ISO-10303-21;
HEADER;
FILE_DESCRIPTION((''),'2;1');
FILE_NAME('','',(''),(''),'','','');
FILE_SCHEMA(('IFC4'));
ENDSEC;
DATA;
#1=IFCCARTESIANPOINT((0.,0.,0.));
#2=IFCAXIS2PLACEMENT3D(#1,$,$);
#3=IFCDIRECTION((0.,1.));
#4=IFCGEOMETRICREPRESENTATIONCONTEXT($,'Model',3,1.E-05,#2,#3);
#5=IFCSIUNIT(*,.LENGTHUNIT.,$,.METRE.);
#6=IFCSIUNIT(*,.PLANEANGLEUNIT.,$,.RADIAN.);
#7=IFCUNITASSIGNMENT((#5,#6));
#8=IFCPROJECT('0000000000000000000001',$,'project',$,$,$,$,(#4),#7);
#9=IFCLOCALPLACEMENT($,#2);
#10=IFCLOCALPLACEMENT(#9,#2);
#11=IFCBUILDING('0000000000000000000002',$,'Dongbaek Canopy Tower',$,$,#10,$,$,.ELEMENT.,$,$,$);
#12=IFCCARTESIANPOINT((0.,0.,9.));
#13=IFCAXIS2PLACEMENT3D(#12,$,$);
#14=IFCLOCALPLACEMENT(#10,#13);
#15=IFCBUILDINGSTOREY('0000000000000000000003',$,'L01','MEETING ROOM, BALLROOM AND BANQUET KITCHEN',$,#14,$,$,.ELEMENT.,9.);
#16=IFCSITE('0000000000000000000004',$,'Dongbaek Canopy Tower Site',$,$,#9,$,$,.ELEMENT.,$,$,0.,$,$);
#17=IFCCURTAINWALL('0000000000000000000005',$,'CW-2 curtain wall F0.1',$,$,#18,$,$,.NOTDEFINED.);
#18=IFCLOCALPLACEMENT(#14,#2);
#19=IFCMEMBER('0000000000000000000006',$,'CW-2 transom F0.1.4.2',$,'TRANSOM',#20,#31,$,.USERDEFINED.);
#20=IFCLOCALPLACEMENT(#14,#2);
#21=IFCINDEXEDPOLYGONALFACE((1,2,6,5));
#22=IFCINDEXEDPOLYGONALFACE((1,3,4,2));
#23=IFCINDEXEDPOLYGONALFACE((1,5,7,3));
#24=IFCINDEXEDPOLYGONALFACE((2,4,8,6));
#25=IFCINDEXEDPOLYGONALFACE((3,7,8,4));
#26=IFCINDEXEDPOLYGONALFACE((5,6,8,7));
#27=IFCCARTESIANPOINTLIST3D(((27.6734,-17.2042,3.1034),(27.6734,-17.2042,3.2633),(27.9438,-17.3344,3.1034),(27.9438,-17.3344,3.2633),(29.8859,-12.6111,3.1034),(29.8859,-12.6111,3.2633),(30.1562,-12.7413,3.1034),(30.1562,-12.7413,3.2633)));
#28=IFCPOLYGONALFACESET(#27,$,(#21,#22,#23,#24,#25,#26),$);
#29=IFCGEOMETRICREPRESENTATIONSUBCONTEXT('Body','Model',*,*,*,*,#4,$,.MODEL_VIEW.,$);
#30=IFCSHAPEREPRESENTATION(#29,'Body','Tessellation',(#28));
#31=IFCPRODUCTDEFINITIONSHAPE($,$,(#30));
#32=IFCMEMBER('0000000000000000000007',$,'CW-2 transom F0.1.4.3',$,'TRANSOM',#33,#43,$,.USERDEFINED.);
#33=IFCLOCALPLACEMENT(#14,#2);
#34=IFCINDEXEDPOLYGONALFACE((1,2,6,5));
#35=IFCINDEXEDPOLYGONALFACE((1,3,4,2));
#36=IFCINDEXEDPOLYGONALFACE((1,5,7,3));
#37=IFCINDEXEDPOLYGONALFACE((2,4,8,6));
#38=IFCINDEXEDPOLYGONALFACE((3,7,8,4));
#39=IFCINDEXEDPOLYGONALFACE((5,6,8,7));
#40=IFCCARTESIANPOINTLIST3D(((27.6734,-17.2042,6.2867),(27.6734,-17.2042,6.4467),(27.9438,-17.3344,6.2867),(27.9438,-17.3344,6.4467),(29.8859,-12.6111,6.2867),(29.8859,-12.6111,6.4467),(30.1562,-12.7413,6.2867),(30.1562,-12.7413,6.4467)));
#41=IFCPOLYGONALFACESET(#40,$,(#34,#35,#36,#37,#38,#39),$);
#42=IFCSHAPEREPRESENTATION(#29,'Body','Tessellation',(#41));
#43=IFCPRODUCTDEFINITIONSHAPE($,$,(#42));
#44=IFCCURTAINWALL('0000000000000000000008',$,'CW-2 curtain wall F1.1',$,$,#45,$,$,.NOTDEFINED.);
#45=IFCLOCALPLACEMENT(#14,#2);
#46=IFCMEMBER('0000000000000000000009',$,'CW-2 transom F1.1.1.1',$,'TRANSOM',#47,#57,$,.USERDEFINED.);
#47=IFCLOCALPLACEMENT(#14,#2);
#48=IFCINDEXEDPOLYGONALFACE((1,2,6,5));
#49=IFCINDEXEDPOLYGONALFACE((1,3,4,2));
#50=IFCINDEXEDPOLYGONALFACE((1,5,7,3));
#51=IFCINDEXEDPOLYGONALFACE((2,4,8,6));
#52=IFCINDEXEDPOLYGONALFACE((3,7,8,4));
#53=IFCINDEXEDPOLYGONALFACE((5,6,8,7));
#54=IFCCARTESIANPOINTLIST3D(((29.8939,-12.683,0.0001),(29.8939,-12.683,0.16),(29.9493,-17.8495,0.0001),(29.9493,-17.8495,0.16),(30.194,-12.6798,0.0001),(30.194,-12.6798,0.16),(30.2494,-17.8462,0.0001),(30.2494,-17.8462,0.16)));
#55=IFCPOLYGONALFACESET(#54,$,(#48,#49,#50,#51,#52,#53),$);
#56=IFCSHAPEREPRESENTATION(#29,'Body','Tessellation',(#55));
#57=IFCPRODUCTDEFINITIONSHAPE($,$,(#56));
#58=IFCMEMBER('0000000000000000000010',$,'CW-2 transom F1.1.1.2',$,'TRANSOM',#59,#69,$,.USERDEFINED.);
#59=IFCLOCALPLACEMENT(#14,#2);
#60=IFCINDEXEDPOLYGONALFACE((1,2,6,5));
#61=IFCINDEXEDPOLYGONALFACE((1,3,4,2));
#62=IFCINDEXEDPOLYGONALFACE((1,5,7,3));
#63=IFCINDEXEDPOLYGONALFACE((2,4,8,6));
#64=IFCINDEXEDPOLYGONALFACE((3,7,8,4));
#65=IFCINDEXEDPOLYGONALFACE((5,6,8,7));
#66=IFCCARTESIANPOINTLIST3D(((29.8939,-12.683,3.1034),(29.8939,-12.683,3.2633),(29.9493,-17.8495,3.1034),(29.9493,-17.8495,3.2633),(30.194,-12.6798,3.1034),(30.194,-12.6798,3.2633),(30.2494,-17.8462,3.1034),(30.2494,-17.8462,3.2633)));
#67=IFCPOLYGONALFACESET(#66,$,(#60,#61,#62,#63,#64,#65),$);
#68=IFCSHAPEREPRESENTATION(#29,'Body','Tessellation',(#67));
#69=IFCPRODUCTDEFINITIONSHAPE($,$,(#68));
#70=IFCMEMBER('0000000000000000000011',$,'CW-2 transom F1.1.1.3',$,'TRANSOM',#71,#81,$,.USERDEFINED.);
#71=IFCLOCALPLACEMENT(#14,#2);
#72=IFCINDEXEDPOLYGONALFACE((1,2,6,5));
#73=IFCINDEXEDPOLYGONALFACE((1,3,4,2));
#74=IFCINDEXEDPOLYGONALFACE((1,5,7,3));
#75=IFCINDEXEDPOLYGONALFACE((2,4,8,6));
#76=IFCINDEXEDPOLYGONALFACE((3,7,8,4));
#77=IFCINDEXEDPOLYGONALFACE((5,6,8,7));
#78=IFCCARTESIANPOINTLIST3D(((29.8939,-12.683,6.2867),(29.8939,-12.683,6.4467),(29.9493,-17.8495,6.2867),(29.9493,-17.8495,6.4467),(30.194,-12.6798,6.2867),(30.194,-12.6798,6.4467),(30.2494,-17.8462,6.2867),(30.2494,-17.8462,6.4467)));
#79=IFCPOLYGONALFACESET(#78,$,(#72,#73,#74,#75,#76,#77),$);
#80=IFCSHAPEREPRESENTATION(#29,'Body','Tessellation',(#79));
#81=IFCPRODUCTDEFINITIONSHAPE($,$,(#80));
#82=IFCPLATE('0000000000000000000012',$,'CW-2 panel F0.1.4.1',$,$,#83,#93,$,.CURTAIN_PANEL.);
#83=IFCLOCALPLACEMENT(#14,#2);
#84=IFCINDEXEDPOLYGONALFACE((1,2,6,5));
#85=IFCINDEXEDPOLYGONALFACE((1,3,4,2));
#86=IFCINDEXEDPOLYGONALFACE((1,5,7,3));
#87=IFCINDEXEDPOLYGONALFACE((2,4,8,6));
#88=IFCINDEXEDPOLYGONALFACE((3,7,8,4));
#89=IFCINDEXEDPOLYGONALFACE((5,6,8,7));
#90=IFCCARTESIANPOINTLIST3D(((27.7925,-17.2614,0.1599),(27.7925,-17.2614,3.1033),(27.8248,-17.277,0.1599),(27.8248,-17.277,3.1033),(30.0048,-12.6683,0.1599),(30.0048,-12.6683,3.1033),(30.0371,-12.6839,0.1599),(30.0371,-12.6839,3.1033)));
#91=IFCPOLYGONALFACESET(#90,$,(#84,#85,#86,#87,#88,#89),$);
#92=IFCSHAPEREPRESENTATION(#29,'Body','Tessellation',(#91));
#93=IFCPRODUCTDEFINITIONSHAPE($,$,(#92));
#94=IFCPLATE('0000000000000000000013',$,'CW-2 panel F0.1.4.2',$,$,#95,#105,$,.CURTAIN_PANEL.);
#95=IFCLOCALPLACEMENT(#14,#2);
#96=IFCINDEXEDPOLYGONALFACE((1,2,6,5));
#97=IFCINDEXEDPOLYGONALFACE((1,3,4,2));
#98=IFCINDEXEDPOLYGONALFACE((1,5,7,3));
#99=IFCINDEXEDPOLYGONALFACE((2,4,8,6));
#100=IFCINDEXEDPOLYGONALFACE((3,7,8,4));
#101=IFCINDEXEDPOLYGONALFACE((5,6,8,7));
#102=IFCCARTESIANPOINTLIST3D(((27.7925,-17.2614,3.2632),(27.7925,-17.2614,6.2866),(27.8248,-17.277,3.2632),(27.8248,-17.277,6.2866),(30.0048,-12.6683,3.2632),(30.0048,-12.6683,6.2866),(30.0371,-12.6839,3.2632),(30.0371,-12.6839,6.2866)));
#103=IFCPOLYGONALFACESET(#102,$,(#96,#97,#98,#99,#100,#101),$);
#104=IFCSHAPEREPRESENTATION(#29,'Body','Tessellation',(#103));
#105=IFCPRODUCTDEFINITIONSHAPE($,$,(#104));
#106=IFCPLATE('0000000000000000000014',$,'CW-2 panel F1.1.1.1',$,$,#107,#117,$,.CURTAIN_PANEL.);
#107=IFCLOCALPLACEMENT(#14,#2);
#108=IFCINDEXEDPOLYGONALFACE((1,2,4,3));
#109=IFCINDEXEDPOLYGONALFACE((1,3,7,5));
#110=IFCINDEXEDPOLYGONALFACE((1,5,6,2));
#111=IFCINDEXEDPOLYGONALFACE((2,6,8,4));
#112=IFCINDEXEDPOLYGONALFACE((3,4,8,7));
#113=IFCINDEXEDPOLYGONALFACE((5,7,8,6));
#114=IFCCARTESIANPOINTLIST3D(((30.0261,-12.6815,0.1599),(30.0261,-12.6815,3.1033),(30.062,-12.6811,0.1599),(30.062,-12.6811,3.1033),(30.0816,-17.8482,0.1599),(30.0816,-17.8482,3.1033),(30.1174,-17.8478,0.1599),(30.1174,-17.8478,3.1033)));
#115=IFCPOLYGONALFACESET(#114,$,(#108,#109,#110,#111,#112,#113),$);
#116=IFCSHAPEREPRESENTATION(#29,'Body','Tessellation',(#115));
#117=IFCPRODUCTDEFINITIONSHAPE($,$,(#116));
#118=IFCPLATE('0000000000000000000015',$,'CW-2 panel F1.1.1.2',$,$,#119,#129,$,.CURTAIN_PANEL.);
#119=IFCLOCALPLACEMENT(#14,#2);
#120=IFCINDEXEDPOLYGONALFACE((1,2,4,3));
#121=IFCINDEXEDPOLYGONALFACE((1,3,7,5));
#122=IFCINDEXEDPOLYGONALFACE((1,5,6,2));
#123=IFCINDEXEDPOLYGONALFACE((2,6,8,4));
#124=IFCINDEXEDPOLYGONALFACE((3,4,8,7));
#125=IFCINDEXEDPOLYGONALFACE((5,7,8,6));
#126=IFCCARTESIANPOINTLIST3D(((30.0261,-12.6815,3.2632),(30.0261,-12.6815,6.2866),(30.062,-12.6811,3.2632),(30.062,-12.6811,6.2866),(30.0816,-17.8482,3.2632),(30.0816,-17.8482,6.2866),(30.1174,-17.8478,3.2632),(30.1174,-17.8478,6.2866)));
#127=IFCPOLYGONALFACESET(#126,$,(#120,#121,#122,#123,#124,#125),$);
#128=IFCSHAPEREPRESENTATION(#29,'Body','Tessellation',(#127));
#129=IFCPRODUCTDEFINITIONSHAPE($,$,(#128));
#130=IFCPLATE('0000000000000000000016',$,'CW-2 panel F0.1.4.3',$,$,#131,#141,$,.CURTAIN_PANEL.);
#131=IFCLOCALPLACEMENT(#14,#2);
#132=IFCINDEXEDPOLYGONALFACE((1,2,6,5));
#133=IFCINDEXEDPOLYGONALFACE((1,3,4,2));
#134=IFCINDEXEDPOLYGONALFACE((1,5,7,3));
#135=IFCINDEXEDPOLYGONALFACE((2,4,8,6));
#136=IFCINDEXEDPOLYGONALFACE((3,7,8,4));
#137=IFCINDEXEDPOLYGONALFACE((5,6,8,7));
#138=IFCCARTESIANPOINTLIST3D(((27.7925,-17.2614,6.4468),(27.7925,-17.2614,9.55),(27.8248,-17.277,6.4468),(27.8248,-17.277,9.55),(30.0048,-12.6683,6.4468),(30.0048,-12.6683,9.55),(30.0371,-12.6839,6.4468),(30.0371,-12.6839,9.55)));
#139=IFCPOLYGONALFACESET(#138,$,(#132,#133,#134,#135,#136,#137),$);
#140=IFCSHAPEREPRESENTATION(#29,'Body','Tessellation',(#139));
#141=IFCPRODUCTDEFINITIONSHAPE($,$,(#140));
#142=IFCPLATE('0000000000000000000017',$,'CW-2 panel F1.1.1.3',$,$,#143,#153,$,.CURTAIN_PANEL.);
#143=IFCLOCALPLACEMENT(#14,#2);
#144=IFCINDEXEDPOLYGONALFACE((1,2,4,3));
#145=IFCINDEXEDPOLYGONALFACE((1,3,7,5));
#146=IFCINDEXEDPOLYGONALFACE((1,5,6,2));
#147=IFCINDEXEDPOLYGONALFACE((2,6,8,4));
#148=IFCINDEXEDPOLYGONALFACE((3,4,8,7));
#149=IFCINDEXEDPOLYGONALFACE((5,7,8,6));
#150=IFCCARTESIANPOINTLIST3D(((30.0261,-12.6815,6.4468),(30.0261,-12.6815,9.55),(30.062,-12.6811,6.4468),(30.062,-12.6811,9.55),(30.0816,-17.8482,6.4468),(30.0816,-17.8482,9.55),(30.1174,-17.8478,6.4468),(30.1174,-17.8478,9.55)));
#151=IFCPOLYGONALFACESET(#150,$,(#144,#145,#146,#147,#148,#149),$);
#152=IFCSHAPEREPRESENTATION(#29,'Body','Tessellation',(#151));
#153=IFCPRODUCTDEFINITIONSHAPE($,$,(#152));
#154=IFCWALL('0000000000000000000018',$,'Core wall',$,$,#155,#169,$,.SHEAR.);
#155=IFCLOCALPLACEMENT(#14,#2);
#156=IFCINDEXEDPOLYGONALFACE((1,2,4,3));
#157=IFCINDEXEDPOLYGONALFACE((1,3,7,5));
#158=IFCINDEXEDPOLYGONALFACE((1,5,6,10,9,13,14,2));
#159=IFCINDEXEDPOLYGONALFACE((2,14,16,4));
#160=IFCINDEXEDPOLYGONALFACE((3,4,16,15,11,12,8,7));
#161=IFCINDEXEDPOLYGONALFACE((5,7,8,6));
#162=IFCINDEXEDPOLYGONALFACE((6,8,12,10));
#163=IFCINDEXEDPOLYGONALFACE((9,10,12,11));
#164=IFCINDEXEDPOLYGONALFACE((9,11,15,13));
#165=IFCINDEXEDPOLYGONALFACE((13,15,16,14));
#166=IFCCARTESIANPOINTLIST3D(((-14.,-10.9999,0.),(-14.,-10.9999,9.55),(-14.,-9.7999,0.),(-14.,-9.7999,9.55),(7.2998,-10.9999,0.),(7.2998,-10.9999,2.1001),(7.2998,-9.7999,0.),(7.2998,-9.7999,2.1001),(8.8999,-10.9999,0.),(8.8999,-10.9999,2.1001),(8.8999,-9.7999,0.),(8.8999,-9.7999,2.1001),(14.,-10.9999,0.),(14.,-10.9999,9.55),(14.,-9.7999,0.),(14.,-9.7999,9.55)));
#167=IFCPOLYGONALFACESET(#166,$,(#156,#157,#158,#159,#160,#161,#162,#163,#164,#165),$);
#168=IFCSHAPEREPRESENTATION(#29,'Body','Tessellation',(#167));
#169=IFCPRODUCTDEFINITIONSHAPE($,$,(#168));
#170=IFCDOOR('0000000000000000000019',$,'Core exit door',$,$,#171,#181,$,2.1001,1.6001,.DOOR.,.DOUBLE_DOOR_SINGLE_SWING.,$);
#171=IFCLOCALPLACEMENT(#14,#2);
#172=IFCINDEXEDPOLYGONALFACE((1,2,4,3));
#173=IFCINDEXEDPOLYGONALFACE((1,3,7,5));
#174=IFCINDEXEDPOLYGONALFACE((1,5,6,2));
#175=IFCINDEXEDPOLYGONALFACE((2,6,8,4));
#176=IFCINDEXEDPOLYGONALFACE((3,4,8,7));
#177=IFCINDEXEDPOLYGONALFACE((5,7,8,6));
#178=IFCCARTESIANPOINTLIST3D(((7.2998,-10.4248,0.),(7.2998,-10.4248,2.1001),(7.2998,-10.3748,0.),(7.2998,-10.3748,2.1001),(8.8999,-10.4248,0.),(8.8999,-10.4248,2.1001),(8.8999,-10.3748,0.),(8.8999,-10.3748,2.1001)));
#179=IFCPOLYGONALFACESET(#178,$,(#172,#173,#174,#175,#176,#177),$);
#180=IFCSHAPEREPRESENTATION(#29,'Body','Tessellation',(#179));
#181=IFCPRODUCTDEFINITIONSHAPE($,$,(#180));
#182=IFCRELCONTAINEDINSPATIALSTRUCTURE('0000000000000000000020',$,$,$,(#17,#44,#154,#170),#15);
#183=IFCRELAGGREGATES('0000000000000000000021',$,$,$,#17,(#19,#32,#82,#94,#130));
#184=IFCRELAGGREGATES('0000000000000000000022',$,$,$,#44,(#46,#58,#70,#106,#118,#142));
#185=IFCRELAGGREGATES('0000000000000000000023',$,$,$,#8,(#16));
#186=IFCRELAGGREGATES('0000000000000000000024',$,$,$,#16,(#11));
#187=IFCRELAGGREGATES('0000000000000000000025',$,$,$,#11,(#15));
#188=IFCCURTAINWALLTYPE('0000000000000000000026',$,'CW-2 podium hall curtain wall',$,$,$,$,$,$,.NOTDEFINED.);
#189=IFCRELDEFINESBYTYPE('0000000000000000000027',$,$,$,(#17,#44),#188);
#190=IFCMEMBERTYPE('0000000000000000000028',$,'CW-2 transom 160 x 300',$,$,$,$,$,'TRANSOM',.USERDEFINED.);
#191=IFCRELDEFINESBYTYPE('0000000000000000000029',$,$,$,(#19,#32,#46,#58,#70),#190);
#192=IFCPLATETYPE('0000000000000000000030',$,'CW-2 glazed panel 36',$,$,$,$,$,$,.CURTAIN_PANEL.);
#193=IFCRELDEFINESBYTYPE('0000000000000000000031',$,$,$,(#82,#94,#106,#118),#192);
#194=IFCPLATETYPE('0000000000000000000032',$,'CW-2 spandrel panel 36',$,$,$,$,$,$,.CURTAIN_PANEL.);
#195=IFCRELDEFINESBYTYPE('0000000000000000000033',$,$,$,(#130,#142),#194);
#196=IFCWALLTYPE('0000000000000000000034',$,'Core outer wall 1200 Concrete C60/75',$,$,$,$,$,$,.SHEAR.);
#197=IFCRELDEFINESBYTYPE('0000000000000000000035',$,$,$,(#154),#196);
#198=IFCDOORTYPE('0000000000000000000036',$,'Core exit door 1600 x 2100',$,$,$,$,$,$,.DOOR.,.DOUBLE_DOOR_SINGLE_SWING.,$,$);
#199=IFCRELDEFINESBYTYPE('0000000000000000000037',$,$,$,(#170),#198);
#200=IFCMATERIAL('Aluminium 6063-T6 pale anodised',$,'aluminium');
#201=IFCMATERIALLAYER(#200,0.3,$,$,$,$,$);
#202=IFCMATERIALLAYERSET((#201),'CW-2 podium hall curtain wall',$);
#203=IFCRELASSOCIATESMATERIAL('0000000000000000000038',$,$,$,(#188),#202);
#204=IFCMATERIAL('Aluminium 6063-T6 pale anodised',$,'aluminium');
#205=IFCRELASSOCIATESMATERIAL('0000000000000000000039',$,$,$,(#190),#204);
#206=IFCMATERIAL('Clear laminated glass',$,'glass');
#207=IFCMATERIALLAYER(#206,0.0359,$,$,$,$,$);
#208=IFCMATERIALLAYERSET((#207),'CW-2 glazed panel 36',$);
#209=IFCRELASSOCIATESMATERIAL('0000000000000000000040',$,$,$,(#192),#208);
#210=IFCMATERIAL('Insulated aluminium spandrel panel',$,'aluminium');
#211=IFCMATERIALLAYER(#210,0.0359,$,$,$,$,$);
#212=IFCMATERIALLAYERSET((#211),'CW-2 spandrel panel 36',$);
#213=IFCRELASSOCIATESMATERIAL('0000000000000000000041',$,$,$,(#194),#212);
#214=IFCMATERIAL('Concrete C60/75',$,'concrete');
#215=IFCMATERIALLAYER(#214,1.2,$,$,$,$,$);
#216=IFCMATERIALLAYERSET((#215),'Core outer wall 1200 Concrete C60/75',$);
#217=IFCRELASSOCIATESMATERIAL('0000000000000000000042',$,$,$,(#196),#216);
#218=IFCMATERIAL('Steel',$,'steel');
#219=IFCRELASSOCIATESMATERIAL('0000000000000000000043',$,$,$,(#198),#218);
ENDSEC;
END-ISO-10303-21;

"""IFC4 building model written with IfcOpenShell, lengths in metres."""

from ifc_helpers import new_model, si_unit, direction, frame, frame_2d, origin, origin_2d, place, context, subcontext, project, spatial, rectangle, extrude, material, layer, layer_set, material_profile, profile_set, type_object, element, fill, aggregate, save


model = new_model("IFC4")

# Units and contexts
model_context = context("Model", 3, precision=1e-05, world=origin(), true_north=direction((0.0, 1.0)))
body_context = subcontext(model_context, "Body", "Model", "MODEL_VIEW")
ifc_project = project(units=[si_unit("LENGTHUNIT", "METRE"), si_unit("PLANEANGLEUNIT", "RADIAN")], contexts=[model_context])

# Site, building, storey
site_placement = place(None, origin())
site = spatial("IfcSite", under=ifc_project, at=site_placement, Name="Dongbaek Canopy Tower Site", CompositionType="ELEMENT", RefElevation=0.0)
building_placement = place(site_placement, origin())
building = spatial("IfcBuilding", under=site, at=building_placement, Name="Dongbaek Canopy Tower", CompositionType="ELEMENT")
storey_placement = place(building_placement, frame((0.0, 0.0, 9.0)))
storey = spatial("IfcBuildingStorey", under=building, at=storey_placement, Name="L01", Description="MEETING ROOM, BALLROOM AND BANQUET KITCHEN", CompositionType="ELEMENT", Elevation=9.0)

# Curtain walls, members
ifc_material_1 = material(Name="Aluminium 6063-T6 pale anodised", Category="aluminium")
ifc_layer_1 = layer(ifc_material_1, 0.3)
ifc_layer_set_1 = layer_set([ifc_layer_1], Name="CW-2 podium hall curtain wall")
curtain_wall_type = type_object("IfcCurtainWallType", Name="CW-2 podium hall curtain wall", PredefinedType="NOTDEFINED", material=ifc_layer_set_1)
curtain_wall_1_placement = place(storey_placement, origin())
curtain_wall_1 = element("IfcCurtainWall", 1, at=curtain_wall_1_placement, inside=storey, type_object=curtain_wall_type, Name="CW-2 curtain wall F0.1", PredefinedType="NOTDEFINED")
ifc_material_2 = material(Name="Aluminium 6063-T6 pale anodised", Category="aluminium")
ifc_material_profile_1 = material_profile(ifc_material_2, rectangle(XDim=0.3, YDim=0.1599, at=origin_2d()), Name="CW-2 transom 160 x 300")
ifc_profile_set_1 = profile_set([ifc_material_profile_1], Name="Aluminium 6063-T6 pale anodised")
member_type_1 = type_object("IfcMemberType", Name="CW-2 transom 160 x 300", ElementType="TRANSOM", PredefinedType="USERDEFINED", material=ifc_profile_set_1)
member_1_placement = place(storey_placement, frame((27.8086, -17.2693, 3.1833), z_axis=(0.433967, 0.900929, 0.0), x_axis=(-0.900929, 0.433967, 0.0)))
member_1 = element("IfcMember", 2, at=member_1_placement, type_object=member_type_1, Name="CW-2 transom F0.1.4.2", ObjectType="TRANSOM", PredefinedType="USERDEFINED", context=body_context, shape_type="SweptSolid", body=[
    extrude(rectangle(XDim=0.3, YDim=0.1599, at=origin_2d()), origin(), (0.0, 0.0, 1.0), 5.0981),
])
member_2_placement = place(storey_placement, frame((27.8086, -17.2693, 6.3667), z_axis=(0.433967, 0.900929, 0.0), x_axis=(-0.900929, 0.433967, 0.0)))
member_2 = element("IfcMember", 3, at=member_2_placement, type_object=member_type_1, Name="CW-2 transom F0.1.4.3", ObjectType="TRANSOM", PredefinedType="USERDEFINED", context=body_context, shape_type="SweptSolid", body=[
    extrude(rectangle(XDim=0.3, YDim=0.1599, at=origin_2d()), origin(), (0.0, 0.0, 1.0), 5.0981),
])
curtain_wall_2_placement = place(storey_placement, origin())
curtain_wall_2 = element("IfcCurtainWall", 4, at=curtain_wall_2_placement, inside=storey, type_object=curtain_wall_type, Name="CW-2 curtain wall F1.1", PredefinedType="NOTDEFINED")
member_3_placement = place(storey_placement, frame((30.0439, -12.6814, 0.0801), z_axis=(0.010726, -0.999942, 0.0), x_axis=(0.999942, 0.010726, 0.0)))
member_3 = element("IfcMember", 5, at=member_3_placement, type_object=member_type_1, Name="CW-2 transom F1.1.1.1", ObjectType="TRANSOM", PredefinedType="USERDEFINED", context=body_context, shape_type="SweptSolid", body=[
    extrude(rectangle(XDim=0.3, YDim=0.1599, at=origin_2d()), origin(), (0.0, 0.0, 1.0), 5.1667),
])
member_4_placement = place(storey_placement, frame((30.0439, -12.6814, 3.1833), z_axis=(0.010726, -0.999942, 0.0), x_axis=(0.999942, 0.010726, 0.0)))
member_4 = element("IfcMember", 6, at=member_4_placement, type_object=member_type_1, Name="CW-2 transom F1.1.1.2", ObjectType="TRANSOM", PredefinedType="USERDEFINED", context=body_context, shape_type="SweptSolid", body=[
    extrude(rectangle(XDim=0.3, YDim=0.1599, at=origin_2d()), origin(), (0.0, 0.0, 1.0), 5.1667),
])
member_5_placement = place(storey_placement, frame((30.0439, -12.6814, 6.3667), z_axis=(0.010726, -0.999942, 0.0), x_axis=(0.999942, 0.010726, 0.0)))
member_5 = element("IfcMember", 7, at=member_5_placement, type_object=member_type_1, Name="CW-2 transom F1.1.1.3", ObjectType="TRANSOM", PredefinedType="USERDEFINED", context=body_context, shape_type="SweptSolid", body=[
    extrude(rectangle(XDim=0.3, YDim=0.1599, at=origin_2d()), origin(), (0.0, 0.0, 1.0), 5.1667),
])

# Plates
ifc_material_3 = material(Name="Clear laminated glass", Category="glass")
ifc_layer_2 = layer(ifc_material_3, 0.0359)
ifc_layer_set_2 = layer_set([ifc_layer_2], Name="CW-2 glazed panel 36")
plate_type_1 = type_object("IfcPlateType", Name="CW-2 glazed panel 36", PredefinedType="CURTAIN_PANEL", material=ifc_layer_set_2)
plate_1_placement = place(storey_placement, frame((28.9148, -14.9727, 0.1599), z_axis=(0.0, 0.0, 1.0), x_axis=(0.433942, 0.900941, 0.0)))
plate_1 = element("IfcPlate", 8, at=plate_1_placement, type_object=plate_type_1, Name="CW-2 panel F0.1.4.1", PredefinedType="CURTAIN_PANEL", context=body_context, shape_type="SweptSolid", body=[
    extrude(rectangle(XDim=5.0981, YDim=0.0359, at=origin_2d()), origin(), (0.0, 0.0, 1.0), 2.9434),
])
plate_2_placement = place(storey_placement, frame((28.9148, -14.9727, 3.2632), z_axis=(0.0, 0.0, 1.0), x_axis=(0.433942, 0.900941, 0.0)))
plate_2 = element("IfcPlate", 9, at=plate_2_placement, type_object=plate_type_1, Name="CW-2 panel F0.1.4.2", PredefinedType="CURTAIN_PANEL", context=body_context, shape_type="SweptSolid", body=[
    extrude(rectangle(XDim=5.0981, YDim=0.0359, at=origin_2d()), origin(), (0.0, 0.0, 1.0), 3.0234),
])
plate_3_placement = place(storey_placement, frame((30.0718, -15.2646, 0.1599), z_axis=(0.0, 0.0, 1.0), x_axis=(0.010729, -0.999942, 0.0)))
plate_3 = element("IfcPlate", 10, at=plate_3_placement, type_object=plate_type_1, Name="CW-2 panel F1.1.1.1", PredefinedType="CURTAIN_PANEL", context=body_context, shape_type="SweptSolid", body=[
    extrude(rectangle(XDim=5.167, YDim=0.0359, at=origin_2d()), origin(), (0.0, 0.0, 1.0), 2.9434),
])
plate_4_placement = place(storey_placement, frame((30.0718, -15.2646, 3.2632), z_axis=(0.0, 0.0, 1.0), x_axis=(0.010729, -0.999942, 0.0)))
plate_4 = element("IfcPlate", 11, at=plate_4_placement, type_object=plate_type_1, Name="CW-2 panel F1.1.1.2", PredefinedType="CURTAIN_PANEL", context=body_context, shape_type="SweptSolid", body=[
    extrude(rectangle(XDim=5.167, YDim=0.0359, at=origin_2d()), origin(), (0.0, 0.0, 1.0), 3.0234),
])
ifc_material_4 = material(Name="Insulated aluminium spandrel panel", Category="aluminium")
ifc_layer_3 = layer(ifc_material_4, 0.0359)
ifc_layer_set_3 = layer_set([ifc_layer_3], Name="CW-2 spandrel panel 36")
plate_type_2 = type_object("IfcPlateType", Name="CW-2 spandrel panel 36", PredefinedType="CURTAIN_PANEL", material=ifc_layer_set_3)
plate_5_placement = place(storey_placement, frame((28.9148, -14.9727, 6.4468), z_axis=(0.0, 0.0, 1.0), x_axis=(0.433942, 0.900941, 0.0)))
plate_5 = element("IfcPlate", 12, at=plate_5_placement, type_object=plate_type_2, Name="CW-2 panel F0.1.4.3", PredefinedType="CURTAIN_PANEL", context=body_context, shape_type="SweptSolid", body=[
    extrude(rectangle(XDim=5.0981, YDim=0.0359, at=origin_2d()), origin(), (0.0, 0.0, 1.0), 3.1033),
])
aggregate(curtain_wall_1, [member_1, member_2, plate_1, plate_2, plate_5])
plate_6_placement = place(storey_placement, frame((30.0718, -15.2646, 6.4468), z_axis=(0.0, 0.0, 1.0), x_axis=(0.010729, -0.999942, 0.0)))
plate_6 = element("IfcPlate", 13, at=plate_6_placement, type_object=plate_type_2, Name="CW-2 panel F1.1.1.3", PredefinedType="CURTAIN_PANEL", context=body_context, shape_type="SweptSolid", body=[
    extrude(rectangle(XDim=5.167, YDim=0.0359, at=origin_2d()), origin(), (0.0, 0.0, 1.0), 3.1033),
])
aggregate(curtain_wall_2, [member_3, member_4, member_5, plate_3, plate_4, plate_6])

# Wall, opening, door
ifc_material_5 = material(Name="Concrete C60/75", Category="concrete")
ifc_layer_4 = layer(ifc_material_5, 1.2)
ifc_layer_set_4 = layer_set([ifc_layer_4], Name="Core outer wall 1200 Concrete C60/75")
wall_type_1 = type_object("IfcWallType", Name="Core outer wall 1200 Concrete C60/75", PredefinedType="SHEAR", material=ifc_layer_set_4)
wall_1_placement = place(storey_placement, frame((14.0, -10.3999, 0.0), z_axis=(0.0, 0.0, 1.0), x_axis=(-1.0, 0.0, 0.0)))
wall_1 = element("IfcWall", 14, at=wall_1_placement, inside=storey, type_object=wall_type_1, Name="Core wall", PredefinedType="SHEAR", context=body_context, shape_type="SweptSolid", body=[
    extrude(rectangle(XDim=28.0, YDim=1.2, at=frame_2d((14.0, 0.0))), origin(), (0.0, 0.0, 1.0), 9.55),
])
opening_1_placement = place(wall_1_placement, frame((5.1001, 0.0, 0.0)))
opening_1 = element("IfcOpeningElement", 15, at=opening_1_placement, cuts=wall_1, PredefinedType="OPENING", context=body_context, shape_type="SweptSolid", body=[
    extrude(rectangle(XDim=1.6001, YDim=2.1001, at=frame_2d((0.8, 1.05))), frame((0.0, 0.6099, 0.0), z_axis=(0.0, -1.0, 0.0), x_axis=(1.0, 0.0, 0.0)), (0.0, 0.0, 1.0), 1.22),
])
ifc_material_6 = material(Name="Steel", Category="steel")
door_type_1 = type_object("IfcDoorType", Name="Core exit door 1600 x 2100", OperationType="DOUBLE_DOOR_SINGLE_SWING", PredefinedType="DOOR", material=ifc_material_6)
door_1_placement = place(opening_1_placement, origin())
door_1 = element("IfcDoor", 16, at=door_1_placement, inside=storey, type_object=door_type_1, Name="Core exit door", OperationType="DOUBLE_DOOR_SINGLE_SWING", OverallHeight=2.1001, OverallWidth=1.6001, PredefinedType="DOOR", context=body_context, shape_type="SweptSolid", body=[
    extrude(rectangle(XDim=1.6001, YDim=2.1001, at=frame_2d((0.8, 1.05))), frame((0.0, 0.0249, 0.0), z_axis=(0.0, -1.0, 0.0), x_axis=(1.0, 0.0, 0.0)), (0.0, 0.0, 1.0), 0.05),
])
fill(opening_1, door_1)

save(model, "model.ifc")
